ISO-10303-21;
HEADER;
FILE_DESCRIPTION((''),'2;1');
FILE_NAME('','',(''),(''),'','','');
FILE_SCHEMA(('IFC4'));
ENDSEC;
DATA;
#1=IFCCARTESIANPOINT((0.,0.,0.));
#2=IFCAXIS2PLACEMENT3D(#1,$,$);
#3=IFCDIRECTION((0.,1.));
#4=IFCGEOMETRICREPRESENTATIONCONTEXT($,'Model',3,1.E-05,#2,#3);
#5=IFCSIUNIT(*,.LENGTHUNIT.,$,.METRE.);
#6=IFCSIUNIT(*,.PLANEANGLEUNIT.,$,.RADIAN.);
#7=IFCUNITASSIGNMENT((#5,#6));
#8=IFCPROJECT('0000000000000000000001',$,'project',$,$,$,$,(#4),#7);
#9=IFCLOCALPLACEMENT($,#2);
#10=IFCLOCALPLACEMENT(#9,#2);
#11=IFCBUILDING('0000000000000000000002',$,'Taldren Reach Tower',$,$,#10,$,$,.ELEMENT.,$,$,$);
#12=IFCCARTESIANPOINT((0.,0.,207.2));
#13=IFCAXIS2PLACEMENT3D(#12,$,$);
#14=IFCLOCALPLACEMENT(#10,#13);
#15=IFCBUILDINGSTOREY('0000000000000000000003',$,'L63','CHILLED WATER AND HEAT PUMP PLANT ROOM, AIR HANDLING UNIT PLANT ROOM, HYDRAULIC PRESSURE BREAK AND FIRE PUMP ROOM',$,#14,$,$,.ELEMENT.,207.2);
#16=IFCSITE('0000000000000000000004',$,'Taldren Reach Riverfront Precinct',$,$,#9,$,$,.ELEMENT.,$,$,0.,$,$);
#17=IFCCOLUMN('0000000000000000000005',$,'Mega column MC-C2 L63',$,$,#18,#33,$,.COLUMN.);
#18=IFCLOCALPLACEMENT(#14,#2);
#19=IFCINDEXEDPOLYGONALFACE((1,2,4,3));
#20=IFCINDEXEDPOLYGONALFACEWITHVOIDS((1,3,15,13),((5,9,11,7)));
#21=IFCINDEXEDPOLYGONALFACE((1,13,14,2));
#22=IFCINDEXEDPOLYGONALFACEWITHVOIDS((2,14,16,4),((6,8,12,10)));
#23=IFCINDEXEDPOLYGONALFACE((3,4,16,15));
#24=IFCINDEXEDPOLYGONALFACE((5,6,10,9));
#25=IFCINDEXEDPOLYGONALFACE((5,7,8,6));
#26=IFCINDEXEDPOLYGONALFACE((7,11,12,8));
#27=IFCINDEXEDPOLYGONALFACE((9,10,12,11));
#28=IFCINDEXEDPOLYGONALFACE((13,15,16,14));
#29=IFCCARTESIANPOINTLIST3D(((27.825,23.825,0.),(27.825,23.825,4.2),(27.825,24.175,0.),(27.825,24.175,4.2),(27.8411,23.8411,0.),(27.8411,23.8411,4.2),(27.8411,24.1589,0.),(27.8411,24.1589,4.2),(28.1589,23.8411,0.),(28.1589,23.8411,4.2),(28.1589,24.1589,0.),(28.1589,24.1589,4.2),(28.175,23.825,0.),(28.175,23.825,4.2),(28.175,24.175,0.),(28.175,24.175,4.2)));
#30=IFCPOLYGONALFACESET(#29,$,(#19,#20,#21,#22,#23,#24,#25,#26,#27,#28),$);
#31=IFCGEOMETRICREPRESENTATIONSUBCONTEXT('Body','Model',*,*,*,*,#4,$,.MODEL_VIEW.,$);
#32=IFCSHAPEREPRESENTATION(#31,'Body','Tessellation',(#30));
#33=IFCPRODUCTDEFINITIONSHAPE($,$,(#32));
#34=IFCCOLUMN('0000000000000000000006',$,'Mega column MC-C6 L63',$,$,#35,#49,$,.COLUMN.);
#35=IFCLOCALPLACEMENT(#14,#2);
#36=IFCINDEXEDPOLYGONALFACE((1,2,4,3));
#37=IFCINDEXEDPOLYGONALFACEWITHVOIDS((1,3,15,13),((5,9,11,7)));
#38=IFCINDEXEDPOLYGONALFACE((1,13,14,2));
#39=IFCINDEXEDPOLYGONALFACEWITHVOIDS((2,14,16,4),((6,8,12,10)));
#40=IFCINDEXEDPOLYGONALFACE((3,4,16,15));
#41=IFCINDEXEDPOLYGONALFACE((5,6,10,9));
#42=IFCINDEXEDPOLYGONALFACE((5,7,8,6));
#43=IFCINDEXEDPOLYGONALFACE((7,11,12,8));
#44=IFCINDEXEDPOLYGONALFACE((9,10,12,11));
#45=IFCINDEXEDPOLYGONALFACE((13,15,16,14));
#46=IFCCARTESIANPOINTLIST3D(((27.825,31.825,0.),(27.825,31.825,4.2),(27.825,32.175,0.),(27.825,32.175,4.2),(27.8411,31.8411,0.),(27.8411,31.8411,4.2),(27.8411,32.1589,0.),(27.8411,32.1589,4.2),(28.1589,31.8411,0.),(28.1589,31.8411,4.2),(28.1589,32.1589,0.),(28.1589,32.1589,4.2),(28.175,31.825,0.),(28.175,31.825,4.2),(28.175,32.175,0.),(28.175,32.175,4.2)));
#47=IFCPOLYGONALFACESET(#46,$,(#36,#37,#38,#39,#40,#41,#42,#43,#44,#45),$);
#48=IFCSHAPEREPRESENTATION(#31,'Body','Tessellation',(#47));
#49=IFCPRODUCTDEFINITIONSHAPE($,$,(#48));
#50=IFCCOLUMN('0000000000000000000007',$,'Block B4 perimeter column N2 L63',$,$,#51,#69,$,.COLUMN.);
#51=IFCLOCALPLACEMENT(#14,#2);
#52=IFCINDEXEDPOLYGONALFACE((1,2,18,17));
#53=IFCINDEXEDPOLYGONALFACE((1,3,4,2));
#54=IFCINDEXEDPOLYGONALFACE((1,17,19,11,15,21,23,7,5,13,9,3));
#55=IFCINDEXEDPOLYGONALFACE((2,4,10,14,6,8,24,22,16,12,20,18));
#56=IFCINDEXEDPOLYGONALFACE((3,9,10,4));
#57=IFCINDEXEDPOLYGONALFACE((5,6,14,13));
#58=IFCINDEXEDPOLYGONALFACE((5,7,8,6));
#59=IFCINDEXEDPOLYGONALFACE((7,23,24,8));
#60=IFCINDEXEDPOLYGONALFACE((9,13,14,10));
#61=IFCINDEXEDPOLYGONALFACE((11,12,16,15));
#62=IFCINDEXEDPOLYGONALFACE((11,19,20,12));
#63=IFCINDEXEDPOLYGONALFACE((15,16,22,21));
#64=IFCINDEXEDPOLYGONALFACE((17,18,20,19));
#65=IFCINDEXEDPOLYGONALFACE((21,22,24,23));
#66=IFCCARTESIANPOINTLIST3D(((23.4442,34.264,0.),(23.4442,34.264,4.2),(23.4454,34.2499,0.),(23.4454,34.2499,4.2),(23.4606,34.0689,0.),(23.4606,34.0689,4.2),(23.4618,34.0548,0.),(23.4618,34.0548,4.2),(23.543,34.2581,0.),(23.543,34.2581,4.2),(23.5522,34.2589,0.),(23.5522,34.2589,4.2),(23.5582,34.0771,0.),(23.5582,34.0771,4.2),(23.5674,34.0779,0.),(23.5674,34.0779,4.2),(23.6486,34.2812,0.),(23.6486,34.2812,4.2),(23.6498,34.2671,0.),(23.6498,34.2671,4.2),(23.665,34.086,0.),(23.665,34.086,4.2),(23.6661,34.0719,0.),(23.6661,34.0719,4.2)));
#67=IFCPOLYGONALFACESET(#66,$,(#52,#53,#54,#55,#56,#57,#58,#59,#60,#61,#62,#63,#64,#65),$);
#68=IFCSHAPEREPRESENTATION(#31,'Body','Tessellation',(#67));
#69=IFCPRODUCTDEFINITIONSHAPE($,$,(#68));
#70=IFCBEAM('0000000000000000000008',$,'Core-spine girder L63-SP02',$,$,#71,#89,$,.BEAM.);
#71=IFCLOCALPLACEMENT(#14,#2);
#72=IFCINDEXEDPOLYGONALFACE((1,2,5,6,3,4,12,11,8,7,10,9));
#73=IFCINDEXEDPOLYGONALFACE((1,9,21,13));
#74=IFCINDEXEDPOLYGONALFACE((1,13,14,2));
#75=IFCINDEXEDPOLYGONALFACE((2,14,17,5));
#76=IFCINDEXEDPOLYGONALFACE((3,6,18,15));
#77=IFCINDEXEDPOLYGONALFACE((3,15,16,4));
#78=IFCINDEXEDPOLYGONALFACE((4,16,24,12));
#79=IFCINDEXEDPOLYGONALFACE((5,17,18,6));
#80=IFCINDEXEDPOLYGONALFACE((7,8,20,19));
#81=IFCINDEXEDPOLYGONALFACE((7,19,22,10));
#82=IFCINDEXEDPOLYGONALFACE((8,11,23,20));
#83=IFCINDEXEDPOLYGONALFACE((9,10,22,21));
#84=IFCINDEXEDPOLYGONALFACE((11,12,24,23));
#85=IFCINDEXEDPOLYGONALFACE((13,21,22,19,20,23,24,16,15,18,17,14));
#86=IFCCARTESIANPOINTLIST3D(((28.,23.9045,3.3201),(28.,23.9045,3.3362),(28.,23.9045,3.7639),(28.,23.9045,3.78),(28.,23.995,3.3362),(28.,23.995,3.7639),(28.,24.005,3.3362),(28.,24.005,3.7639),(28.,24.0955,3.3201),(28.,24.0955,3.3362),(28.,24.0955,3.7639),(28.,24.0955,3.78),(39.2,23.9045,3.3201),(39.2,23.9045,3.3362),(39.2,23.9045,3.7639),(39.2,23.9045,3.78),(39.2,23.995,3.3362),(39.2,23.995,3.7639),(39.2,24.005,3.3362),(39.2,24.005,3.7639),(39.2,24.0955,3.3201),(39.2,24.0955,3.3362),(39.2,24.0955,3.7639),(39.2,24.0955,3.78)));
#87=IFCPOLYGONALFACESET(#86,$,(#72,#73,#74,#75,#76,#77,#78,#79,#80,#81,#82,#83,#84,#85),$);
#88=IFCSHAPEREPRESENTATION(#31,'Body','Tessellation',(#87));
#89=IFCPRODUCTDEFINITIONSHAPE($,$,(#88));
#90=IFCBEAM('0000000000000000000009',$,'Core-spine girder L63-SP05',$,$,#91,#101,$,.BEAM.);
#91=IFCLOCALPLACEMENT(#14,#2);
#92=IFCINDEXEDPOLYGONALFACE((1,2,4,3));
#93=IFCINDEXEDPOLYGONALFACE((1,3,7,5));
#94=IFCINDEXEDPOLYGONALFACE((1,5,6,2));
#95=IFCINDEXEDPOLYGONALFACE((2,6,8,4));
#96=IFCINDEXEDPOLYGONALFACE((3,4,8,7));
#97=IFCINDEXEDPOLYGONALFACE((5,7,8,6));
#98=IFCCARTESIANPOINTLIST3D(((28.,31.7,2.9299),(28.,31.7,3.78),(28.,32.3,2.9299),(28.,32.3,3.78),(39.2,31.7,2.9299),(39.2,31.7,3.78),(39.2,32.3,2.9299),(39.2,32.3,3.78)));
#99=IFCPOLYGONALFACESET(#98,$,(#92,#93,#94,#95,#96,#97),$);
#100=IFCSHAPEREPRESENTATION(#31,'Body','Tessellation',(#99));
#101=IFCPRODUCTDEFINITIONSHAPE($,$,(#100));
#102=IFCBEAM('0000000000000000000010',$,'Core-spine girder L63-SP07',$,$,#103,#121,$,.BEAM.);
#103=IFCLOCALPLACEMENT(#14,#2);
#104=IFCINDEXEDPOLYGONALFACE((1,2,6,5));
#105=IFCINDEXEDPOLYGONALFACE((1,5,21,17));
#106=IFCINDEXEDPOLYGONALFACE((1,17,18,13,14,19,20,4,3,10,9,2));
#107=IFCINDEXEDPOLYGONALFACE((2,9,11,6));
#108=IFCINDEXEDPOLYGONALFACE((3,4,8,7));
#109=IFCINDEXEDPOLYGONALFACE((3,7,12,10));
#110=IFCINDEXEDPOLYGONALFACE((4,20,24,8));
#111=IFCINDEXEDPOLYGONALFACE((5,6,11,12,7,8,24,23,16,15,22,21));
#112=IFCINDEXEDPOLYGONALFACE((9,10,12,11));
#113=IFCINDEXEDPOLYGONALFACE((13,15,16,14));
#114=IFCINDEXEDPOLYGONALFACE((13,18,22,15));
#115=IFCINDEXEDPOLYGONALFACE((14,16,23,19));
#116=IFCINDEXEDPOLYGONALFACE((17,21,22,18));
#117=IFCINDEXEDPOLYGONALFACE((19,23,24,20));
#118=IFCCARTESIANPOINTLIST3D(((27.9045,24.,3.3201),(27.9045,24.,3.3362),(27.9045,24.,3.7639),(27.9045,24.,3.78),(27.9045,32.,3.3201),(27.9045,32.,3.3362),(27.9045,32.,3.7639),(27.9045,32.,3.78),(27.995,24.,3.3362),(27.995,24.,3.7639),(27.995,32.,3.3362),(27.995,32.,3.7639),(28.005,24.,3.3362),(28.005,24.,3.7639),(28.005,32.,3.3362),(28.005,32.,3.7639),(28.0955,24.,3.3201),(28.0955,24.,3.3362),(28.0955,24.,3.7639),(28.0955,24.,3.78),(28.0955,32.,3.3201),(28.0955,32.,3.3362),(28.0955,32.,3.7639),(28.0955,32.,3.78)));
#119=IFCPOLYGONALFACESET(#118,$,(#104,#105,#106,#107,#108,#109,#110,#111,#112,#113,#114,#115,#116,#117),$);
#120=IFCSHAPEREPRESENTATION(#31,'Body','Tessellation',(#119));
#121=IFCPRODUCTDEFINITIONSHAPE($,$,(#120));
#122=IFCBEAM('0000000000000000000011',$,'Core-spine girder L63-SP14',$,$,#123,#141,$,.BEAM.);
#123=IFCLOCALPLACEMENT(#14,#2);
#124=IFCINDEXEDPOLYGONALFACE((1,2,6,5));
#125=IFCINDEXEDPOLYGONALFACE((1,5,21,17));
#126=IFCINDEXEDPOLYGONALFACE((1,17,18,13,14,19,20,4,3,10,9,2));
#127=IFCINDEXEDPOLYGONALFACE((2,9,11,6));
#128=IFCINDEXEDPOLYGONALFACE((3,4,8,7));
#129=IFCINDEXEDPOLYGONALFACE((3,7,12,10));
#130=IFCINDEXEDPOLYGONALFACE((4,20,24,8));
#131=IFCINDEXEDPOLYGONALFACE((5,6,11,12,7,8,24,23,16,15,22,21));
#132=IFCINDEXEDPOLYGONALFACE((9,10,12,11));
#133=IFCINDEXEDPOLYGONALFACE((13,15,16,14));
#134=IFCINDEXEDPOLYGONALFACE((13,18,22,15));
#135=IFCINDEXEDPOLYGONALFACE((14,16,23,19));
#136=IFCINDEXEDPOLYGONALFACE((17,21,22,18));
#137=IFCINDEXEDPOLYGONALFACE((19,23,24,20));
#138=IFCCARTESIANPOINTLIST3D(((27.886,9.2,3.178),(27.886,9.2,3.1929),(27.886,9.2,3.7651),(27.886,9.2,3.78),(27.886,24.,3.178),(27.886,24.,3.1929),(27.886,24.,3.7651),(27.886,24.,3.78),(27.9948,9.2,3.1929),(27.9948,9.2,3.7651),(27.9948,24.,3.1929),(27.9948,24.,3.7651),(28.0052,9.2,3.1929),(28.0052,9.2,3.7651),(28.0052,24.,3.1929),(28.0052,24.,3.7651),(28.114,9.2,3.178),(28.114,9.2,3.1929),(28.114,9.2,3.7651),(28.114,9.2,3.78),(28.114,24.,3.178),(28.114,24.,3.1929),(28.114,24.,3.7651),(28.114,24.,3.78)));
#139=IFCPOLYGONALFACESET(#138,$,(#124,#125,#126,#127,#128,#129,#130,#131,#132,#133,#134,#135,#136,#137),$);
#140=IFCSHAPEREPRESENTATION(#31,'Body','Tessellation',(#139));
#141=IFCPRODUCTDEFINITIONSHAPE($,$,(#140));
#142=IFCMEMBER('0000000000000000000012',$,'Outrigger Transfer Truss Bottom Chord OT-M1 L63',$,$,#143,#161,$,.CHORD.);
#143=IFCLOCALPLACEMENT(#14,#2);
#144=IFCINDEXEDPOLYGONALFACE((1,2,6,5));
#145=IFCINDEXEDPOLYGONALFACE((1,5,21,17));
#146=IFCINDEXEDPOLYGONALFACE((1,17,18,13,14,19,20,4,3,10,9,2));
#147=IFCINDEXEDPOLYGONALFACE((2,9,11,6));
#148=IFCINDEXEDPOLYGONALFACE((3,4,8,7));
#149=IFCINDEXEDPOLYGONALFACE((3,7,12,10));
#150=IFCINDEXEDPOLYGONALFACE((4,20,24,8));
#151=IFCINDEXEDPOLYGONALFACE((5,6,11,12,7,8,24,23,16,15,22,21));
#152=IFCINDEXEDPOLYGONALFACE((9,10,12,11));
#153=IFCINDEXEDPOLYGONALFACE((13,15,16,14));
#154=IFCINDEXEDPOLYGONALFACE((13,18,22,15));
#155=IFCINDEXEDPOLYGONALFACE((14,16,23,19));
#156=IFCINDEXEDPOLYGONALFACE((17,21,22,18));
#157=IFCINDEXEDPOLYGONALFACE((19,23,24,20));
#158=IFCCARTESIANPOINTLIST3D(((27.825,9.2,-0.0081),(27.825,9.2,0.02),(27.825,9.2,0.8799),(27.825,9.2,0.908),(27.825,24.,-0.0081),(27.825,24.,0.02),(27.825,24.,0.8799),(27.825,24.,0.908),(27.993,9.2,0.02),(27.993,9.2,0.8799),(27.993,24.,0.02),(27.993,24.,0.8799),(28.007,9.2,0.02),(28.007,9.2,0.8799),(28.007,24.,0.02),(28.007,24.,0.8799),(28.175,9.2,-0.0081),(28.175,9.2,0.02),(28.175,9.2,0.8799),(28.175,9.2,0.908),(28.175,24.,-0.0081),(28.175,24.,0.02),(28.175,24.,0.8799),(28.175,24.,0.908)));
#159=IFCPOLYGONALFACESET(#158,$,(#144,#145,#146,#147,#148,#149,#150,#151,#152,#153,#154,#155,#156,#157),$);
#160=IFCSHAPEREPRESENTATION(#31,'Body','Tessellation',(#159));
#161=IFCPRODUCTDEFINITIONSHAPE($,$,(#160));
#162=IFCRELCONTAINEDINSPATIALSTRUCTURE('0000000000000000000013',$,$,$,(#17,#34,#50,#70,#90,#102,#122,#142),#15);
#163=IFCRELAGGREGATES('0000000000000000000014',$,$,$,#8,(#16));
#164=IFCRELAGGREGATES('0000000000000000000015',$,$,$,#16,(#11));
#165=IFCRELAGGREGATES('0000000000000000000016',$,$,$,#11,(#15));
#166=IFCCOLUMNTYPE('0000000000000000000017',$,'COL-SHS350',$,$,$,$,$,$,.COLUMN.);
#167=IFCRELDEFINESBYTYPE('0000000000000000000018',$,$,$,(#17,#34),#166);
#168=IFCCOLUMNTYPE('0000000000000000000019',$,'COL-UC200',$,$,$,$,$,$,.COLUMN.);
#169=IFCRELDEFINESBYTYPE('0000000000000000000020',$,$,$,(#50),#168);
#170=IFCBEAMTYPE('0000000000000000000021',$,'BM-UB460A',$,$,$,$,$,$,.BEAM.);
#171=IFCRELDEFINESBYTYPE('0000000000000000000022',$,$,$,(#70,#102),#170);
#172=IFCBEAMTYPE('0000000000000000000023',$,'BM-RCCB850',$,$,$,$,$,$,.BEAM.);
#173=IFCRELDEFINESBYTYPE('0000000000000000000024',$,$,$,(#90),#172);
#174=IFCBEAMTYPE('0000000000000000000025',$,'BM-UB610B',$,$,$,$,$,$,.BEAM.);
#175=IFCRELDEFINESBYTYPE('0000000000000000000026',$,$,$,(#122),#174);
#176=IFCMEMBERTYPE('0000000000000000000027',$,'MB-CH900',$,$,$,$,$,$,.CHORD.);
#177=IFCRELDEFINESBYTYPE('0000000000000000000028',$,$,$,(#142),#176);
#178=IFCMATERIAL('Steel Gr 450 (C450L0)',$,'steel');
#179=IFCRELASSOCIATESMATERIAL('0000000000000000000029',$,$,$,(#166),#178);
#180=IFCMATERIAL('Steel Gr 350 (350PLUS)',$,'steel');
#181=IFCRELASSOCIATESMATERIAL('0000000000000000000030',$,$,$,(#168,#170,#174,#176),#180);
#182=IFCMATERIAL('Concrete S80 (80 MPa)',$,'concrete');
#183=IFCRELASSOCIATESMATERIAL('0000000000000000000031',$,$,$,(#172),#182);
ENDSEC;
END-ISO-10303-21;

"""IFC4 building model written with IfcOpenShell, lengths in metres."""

from ifc_helpers import new_model, si_unit, direction, frame, origin, origin_2d, place, context, subcontext, project, spatial, rectangle, hollow_rectangle, i_section, extrude, source, transform, mapped, material, material_profile, profile_set, type_object, element, save


model = new_model("IFC4")

# Units and contexts
model_context = context("Model", 3, precision=1e-05, world=origin(), true_north=direction((0.0, 1.0)))
body_context = subcontext(model_context, "Body", "Model", "MODEL_VIEW")
ifc_project = project(units=[si_unit("LENGTHUNIT", "METRE"), si_unit("PLANEANGLEUNIT", "RADIAN")], contexts=[model_context])

# Site, building, storey
site_placement = place(None, origin())
site = spatial("IfcSite", under=ifc_project, at=site_placement, Name="Taldren Reach Riverfront Precinct", CompositionType="ELEMENT", RefElevation=0.0)
building_placement = place(site_placement, origin())
building = spatial("IfcBuilding", under=site, at=building_placement, Name="Taldren Reach Tower", CompositionType="ELEMENT")
storey_placement = place(building_placement, frame((0.0, 0.0, 207.2)))
storey = spatial("IfcBuildingStorey", under=building, at=storey_placement, Name="L63", Description="CHILLED WATER AND HEAT PUMP PLANT ROOM, AIR HANDLING UNIT PLANT ROOM, HYDRAULIC PRESSURE BREAK AND FIRE PUMP ROOM", CompositionType="ELEMENT", Elevation=207.2)

# Columns
ifc_material_1 = material(Name="Steel Gr 450 (C450L0)", Category="steel")
ifc_material_profile_1 = material_profile(ifc_material_1, hollow_rectangle(XDim=0.3501, YDim=0.3501, WallThickness=0.0161, at=origin_2d()), Name="350x350x16.0SHS")
ifc_profile_set_1 = profile_set([ifc_material_profile_1], Name="Steel Gr 450 (C450L0)")
column_type_1 = type_object("IfcColumnType", Name="COL-SHS350", PredefinedType="COLUMN", material=ifc_profile_set_1)
shared_shape_1 = source(origin(), body_context, "Body", "SweptSolid", [
    extrude(hollow_rectangle(XDim=0.3501, YDim=0.3501, WallThickness=0.0161, at=origin_2d()), origin(), (0.0, 0.0, 1.0), 4.2),
])
for number, where, z_axis, x_axis, name in (
    (1, (28.0, 24.0, 0.0), (0.0, 0.0, 1.0), (1.0, 0.0, 0.0), "Mega column MC-C2 L63"),
    (2, (28.0, 32.0, 0.0), (0.0, 0.0, 1.0), (1.0, 0.0, 0.0), "Mega column MC-C6 L63"),
):
    element("IfcColumn", number, at=place(storey_placement, frame(where, z_axis=z_axis, x_axis=x_axis)), inside=storey, type_object=column_type_1, Name=name, PredefinedType="COLUMN", context=body_context, shape_type="MappedRepresentation", body=[
        mapped(shared_shape_1, transform((0.0, 0.0, 0.0), scale=1.0)),
    ])
ifc_material_2 = material(Name="Steel Gr 350 (350PLUS)", Category="steel")
ifc_material_profile_2 = material_profile(ifc_material_2, i_section(OverallWidth=0.2051, OverallDepth=0.21, WebThickness=0.0093, FlangeThickness=0.0142, at=origin_2d()), Name="200UC59.5")
ifc_profile_set_2 = profile_set([ifc_material_profile_2], Name="Steel Gr 350 (350PLUS)")
column_type_2 = type_object("IfcColumnType", Name="COL-UC200", PredefinedType="COLUMN", material=ifc_profile_set_2)
shared_shape_2 = source(origin(), body_context, "Body", "SweptSolid", [
    extrude(i_section(OverallWidth=0.2051, OverallDepth=0.21, WebThickness=0.0093, FlangeThickness=0.0142, at=origin_2d()), origin(), (0.0, 0.0, 1.0), 4.2),
])
column_placement = place(storey_placement, frame((23.5552, 34.168, 0.0), z_axis=(0.0, 0.0, 1.0), x_axis=(0.996493, 0.083678, 0.0)))
element("IfcColumn", 3, at=column_placement, inside=storey, type_object=column_type_2, Name="Block B4 perimeter column N2 L63", PredefinedType="COLUMN", context=body_context, shape_type="MappedRepresentation", body=[
    mapped(shared_shape_2, transform((0.0, 0.0, 0.0), scale=1.0)),
])

# Beams
ifc_material_profile_3 = material_profile(ifc_material_2, i_section(OverallWidth=0.1909, OverallDepth=0.46, WebThickness=0.01, FlangeThickness=0.0161, at=origin_2d()), Name="460UB82.1")
ifc_profile_set_3 = profile_set([ifc_material_profile_3], Name="Steel Gr 350 (350PLUS)")
beam_type_1 = type_object("IfcBeamType", Name="BM-UB460A", PredefinedType="BEAM", material=ifc_profile_set_3)
shared_shape_3 = source(origin(), body_context, "Body", "SweptSolid", [
    extrude(i_section(OverallWidth=0.1909, OverallDepth=0.46, WebThickness=0.01, FlangeThickness=0.0161, at=origin_2d()), origin(), (0.0, 0.0, 1.0), 11.2),
])
beam_1_placement = place(storey_placement, frame((28.0, 24.0, 3.55), z_axis=(1.0, 0.0, 0.0), x_axis=(0.0, 1.0, 0.0)))
element("IfcBeam", 4, at=beam_1_placement, inside=storey, type_object=beam_type_1, Name="Core-spine girder L63-SP02", PredefinedType="BEAM", context=body_context, shape_type="MappedRepresentation", body=[
    mapped(shared_shape_3, transform((0.0, 0.0, 0.0), scale=1.0)),
])
ifc_material_3 = material(Name="Concrete S80 (80 MPa)", Category="concrete")
ifc_material_profile_4 = material_profile(ifc_material_3, rectangle(XDim=0.6001, YDim=0.8501, at=origin_2d()), Name="RC-CB600x850")
ifc_profile_set_4 = profile_set([ifc_material_profile_4], Name="Concrete S80 (80 MPa)")
beam_type_2 = type_object("IfcBeamType", Name="BM-RCCB850", PredefinedType="BEAM", material=ifc_profile_set_4)
shared_shape_4 = source(origin(), body_context, "Body", "SweptSolid", [
    extrude(rectangle(XDim=0.6001, YDim=0.8501, at=origin_2d()), origin(), (0.0, 0.0, 1.0), 11.2),
])
beam_2_placement = place(storey_placement, frame((28.0, 32.0, 3.355), z_axis=(1.0, 0.0, 0.0), x_axis=(0.0, 1.0, 0.0)))
element("IfcBeam", 5, at=beam_2_placement, inside=storey, type_object=beam_type_2, Name="Core-spine girder L63-SP05", PredefinedType="BEAM", context=body_context, shape_type="MappedRepresentation", body=[
    mapped(shared_shape_4, transform((0.0, 0.0, 0.0), scale=1.0)),
])
shared_shape_5 = source(origin(), body_context, "Body", "SweptSolid", [
    extrude(i_section(OverallWidth=0.1909, OverallDepth=0.46, WebThickness=0.01, FlangeThickness=0.0161, at=origin_2d()), origin(), (0.0, 0.0, 1.0), 8.0),
])
beam_3_placement = place(storey_placement, frame((28.0, 24.0, 3.55), z_axis=(0.0, 1.0, 0.0), x_axis=(-1.0, 0.0, 0.0)))
element("IfcBeam", 6, at=beam_3_placement, inside=storey, type_object=beam_type_1, Name="Core-spine girder L63-SP07", PredefinedType="BEAM", context=body_context, shape_type="MappedRepresentation", body=[
    mapped(shared_shape_5, transform((0.0, 0.0, 0.0), scale=1.0)),
])
ifc_material_profile_5 = material_profile(ifc_material_2, i_section(OverallWidth=0.228, OverallDepth=0.6021, WebThickness=0.0105, FlangeThickness=0.0149, at=origin_2d()), Name="610UB101")
ifc_profile_set_5 = profile_set([ifc_material_profile_5], Name="Steel Gr 350 (350PLUS)")
beam_type_3 = type_object("IfcBeamType", Name="BM-UB610B", PredefinedType="BEAM", material=ifc_profile_set_5)
shared_shape_6 = source(origin(), body_context, "Body", "SweptSolid", [
    extrude(i_section(OverallWidth=0.228, OverallDepth=0.6021, WebThickness=0.0105, FlangeThickness=0.0149, at=origin_2d()), origin(), (0.0, 0.0, 1.0), 14.8),
])
beam_4_placement = place(storey_placement, frame((28.0, 24.0, 3.479), z_axis=(0.0, -1.0, 0.0), x_axis=(1.0, 0.0, 0.0)))
element("IfcBeam", 7, at=beam_4_placement, inside=storey, type_object=beam_type_3, Name="Core-spine girder L63-SP14", PredefinedType="BEAM", context=body_context, shape_type="MappedRepresentation", body=[
    mapped(shared_shape_6, transform((0.0, 0.0, 0.0), scale=1.0)),
])

# Member
ifc_material_profile_6 = material_profile(ifc_material_2, i_section(OverallWidth=0.3501, OverallDepth=0.916, WebThickness=0.0139, FlangeThickness=0.0281, at=origin_2d()), Name="900WB257")
ifc_profile_set_6 = profile_set([ifc_material_profile_6], Name="Steel Gr 350 (350PLUS)")
member_type_1 = type_object("IfcMemberType", Name="MB-CH900", PredefinedType="CHORD", material=ifc_profile_set_6)
shared_shape_7 = source(origin(), body_context, "Body", "SweptSolid", [
    extrude(i_section(OverallWidth=0.3501, OverallDepth=0.916, WebThickness=0.0139, FlangeThickness=0.0281, at=origin_2d()), origin(), (0.0, 0.0, 1.0), 14.8),
])
member_1_placement = place(storey_placement, frame((28.0, 24.0, 0.45), z_axis=(0.0, -1.0, 0.0), x_axis=(1.0, 0.0, 0.0)))
element("IfcMember", 8, at=member_1_placement, inside=storey, type_object=member_type_1, Name="Outrigger Transfer Truss Bottom Chord OT-M1 L63", PredefinedType="CHORD", context=body_context, shape_type="MappedRepresentation", body=[
    mapped(shared_shape_7, transform((0.0, 0.0, 0.0), scale=1.0)),
])

save(model, "model.ifc")
